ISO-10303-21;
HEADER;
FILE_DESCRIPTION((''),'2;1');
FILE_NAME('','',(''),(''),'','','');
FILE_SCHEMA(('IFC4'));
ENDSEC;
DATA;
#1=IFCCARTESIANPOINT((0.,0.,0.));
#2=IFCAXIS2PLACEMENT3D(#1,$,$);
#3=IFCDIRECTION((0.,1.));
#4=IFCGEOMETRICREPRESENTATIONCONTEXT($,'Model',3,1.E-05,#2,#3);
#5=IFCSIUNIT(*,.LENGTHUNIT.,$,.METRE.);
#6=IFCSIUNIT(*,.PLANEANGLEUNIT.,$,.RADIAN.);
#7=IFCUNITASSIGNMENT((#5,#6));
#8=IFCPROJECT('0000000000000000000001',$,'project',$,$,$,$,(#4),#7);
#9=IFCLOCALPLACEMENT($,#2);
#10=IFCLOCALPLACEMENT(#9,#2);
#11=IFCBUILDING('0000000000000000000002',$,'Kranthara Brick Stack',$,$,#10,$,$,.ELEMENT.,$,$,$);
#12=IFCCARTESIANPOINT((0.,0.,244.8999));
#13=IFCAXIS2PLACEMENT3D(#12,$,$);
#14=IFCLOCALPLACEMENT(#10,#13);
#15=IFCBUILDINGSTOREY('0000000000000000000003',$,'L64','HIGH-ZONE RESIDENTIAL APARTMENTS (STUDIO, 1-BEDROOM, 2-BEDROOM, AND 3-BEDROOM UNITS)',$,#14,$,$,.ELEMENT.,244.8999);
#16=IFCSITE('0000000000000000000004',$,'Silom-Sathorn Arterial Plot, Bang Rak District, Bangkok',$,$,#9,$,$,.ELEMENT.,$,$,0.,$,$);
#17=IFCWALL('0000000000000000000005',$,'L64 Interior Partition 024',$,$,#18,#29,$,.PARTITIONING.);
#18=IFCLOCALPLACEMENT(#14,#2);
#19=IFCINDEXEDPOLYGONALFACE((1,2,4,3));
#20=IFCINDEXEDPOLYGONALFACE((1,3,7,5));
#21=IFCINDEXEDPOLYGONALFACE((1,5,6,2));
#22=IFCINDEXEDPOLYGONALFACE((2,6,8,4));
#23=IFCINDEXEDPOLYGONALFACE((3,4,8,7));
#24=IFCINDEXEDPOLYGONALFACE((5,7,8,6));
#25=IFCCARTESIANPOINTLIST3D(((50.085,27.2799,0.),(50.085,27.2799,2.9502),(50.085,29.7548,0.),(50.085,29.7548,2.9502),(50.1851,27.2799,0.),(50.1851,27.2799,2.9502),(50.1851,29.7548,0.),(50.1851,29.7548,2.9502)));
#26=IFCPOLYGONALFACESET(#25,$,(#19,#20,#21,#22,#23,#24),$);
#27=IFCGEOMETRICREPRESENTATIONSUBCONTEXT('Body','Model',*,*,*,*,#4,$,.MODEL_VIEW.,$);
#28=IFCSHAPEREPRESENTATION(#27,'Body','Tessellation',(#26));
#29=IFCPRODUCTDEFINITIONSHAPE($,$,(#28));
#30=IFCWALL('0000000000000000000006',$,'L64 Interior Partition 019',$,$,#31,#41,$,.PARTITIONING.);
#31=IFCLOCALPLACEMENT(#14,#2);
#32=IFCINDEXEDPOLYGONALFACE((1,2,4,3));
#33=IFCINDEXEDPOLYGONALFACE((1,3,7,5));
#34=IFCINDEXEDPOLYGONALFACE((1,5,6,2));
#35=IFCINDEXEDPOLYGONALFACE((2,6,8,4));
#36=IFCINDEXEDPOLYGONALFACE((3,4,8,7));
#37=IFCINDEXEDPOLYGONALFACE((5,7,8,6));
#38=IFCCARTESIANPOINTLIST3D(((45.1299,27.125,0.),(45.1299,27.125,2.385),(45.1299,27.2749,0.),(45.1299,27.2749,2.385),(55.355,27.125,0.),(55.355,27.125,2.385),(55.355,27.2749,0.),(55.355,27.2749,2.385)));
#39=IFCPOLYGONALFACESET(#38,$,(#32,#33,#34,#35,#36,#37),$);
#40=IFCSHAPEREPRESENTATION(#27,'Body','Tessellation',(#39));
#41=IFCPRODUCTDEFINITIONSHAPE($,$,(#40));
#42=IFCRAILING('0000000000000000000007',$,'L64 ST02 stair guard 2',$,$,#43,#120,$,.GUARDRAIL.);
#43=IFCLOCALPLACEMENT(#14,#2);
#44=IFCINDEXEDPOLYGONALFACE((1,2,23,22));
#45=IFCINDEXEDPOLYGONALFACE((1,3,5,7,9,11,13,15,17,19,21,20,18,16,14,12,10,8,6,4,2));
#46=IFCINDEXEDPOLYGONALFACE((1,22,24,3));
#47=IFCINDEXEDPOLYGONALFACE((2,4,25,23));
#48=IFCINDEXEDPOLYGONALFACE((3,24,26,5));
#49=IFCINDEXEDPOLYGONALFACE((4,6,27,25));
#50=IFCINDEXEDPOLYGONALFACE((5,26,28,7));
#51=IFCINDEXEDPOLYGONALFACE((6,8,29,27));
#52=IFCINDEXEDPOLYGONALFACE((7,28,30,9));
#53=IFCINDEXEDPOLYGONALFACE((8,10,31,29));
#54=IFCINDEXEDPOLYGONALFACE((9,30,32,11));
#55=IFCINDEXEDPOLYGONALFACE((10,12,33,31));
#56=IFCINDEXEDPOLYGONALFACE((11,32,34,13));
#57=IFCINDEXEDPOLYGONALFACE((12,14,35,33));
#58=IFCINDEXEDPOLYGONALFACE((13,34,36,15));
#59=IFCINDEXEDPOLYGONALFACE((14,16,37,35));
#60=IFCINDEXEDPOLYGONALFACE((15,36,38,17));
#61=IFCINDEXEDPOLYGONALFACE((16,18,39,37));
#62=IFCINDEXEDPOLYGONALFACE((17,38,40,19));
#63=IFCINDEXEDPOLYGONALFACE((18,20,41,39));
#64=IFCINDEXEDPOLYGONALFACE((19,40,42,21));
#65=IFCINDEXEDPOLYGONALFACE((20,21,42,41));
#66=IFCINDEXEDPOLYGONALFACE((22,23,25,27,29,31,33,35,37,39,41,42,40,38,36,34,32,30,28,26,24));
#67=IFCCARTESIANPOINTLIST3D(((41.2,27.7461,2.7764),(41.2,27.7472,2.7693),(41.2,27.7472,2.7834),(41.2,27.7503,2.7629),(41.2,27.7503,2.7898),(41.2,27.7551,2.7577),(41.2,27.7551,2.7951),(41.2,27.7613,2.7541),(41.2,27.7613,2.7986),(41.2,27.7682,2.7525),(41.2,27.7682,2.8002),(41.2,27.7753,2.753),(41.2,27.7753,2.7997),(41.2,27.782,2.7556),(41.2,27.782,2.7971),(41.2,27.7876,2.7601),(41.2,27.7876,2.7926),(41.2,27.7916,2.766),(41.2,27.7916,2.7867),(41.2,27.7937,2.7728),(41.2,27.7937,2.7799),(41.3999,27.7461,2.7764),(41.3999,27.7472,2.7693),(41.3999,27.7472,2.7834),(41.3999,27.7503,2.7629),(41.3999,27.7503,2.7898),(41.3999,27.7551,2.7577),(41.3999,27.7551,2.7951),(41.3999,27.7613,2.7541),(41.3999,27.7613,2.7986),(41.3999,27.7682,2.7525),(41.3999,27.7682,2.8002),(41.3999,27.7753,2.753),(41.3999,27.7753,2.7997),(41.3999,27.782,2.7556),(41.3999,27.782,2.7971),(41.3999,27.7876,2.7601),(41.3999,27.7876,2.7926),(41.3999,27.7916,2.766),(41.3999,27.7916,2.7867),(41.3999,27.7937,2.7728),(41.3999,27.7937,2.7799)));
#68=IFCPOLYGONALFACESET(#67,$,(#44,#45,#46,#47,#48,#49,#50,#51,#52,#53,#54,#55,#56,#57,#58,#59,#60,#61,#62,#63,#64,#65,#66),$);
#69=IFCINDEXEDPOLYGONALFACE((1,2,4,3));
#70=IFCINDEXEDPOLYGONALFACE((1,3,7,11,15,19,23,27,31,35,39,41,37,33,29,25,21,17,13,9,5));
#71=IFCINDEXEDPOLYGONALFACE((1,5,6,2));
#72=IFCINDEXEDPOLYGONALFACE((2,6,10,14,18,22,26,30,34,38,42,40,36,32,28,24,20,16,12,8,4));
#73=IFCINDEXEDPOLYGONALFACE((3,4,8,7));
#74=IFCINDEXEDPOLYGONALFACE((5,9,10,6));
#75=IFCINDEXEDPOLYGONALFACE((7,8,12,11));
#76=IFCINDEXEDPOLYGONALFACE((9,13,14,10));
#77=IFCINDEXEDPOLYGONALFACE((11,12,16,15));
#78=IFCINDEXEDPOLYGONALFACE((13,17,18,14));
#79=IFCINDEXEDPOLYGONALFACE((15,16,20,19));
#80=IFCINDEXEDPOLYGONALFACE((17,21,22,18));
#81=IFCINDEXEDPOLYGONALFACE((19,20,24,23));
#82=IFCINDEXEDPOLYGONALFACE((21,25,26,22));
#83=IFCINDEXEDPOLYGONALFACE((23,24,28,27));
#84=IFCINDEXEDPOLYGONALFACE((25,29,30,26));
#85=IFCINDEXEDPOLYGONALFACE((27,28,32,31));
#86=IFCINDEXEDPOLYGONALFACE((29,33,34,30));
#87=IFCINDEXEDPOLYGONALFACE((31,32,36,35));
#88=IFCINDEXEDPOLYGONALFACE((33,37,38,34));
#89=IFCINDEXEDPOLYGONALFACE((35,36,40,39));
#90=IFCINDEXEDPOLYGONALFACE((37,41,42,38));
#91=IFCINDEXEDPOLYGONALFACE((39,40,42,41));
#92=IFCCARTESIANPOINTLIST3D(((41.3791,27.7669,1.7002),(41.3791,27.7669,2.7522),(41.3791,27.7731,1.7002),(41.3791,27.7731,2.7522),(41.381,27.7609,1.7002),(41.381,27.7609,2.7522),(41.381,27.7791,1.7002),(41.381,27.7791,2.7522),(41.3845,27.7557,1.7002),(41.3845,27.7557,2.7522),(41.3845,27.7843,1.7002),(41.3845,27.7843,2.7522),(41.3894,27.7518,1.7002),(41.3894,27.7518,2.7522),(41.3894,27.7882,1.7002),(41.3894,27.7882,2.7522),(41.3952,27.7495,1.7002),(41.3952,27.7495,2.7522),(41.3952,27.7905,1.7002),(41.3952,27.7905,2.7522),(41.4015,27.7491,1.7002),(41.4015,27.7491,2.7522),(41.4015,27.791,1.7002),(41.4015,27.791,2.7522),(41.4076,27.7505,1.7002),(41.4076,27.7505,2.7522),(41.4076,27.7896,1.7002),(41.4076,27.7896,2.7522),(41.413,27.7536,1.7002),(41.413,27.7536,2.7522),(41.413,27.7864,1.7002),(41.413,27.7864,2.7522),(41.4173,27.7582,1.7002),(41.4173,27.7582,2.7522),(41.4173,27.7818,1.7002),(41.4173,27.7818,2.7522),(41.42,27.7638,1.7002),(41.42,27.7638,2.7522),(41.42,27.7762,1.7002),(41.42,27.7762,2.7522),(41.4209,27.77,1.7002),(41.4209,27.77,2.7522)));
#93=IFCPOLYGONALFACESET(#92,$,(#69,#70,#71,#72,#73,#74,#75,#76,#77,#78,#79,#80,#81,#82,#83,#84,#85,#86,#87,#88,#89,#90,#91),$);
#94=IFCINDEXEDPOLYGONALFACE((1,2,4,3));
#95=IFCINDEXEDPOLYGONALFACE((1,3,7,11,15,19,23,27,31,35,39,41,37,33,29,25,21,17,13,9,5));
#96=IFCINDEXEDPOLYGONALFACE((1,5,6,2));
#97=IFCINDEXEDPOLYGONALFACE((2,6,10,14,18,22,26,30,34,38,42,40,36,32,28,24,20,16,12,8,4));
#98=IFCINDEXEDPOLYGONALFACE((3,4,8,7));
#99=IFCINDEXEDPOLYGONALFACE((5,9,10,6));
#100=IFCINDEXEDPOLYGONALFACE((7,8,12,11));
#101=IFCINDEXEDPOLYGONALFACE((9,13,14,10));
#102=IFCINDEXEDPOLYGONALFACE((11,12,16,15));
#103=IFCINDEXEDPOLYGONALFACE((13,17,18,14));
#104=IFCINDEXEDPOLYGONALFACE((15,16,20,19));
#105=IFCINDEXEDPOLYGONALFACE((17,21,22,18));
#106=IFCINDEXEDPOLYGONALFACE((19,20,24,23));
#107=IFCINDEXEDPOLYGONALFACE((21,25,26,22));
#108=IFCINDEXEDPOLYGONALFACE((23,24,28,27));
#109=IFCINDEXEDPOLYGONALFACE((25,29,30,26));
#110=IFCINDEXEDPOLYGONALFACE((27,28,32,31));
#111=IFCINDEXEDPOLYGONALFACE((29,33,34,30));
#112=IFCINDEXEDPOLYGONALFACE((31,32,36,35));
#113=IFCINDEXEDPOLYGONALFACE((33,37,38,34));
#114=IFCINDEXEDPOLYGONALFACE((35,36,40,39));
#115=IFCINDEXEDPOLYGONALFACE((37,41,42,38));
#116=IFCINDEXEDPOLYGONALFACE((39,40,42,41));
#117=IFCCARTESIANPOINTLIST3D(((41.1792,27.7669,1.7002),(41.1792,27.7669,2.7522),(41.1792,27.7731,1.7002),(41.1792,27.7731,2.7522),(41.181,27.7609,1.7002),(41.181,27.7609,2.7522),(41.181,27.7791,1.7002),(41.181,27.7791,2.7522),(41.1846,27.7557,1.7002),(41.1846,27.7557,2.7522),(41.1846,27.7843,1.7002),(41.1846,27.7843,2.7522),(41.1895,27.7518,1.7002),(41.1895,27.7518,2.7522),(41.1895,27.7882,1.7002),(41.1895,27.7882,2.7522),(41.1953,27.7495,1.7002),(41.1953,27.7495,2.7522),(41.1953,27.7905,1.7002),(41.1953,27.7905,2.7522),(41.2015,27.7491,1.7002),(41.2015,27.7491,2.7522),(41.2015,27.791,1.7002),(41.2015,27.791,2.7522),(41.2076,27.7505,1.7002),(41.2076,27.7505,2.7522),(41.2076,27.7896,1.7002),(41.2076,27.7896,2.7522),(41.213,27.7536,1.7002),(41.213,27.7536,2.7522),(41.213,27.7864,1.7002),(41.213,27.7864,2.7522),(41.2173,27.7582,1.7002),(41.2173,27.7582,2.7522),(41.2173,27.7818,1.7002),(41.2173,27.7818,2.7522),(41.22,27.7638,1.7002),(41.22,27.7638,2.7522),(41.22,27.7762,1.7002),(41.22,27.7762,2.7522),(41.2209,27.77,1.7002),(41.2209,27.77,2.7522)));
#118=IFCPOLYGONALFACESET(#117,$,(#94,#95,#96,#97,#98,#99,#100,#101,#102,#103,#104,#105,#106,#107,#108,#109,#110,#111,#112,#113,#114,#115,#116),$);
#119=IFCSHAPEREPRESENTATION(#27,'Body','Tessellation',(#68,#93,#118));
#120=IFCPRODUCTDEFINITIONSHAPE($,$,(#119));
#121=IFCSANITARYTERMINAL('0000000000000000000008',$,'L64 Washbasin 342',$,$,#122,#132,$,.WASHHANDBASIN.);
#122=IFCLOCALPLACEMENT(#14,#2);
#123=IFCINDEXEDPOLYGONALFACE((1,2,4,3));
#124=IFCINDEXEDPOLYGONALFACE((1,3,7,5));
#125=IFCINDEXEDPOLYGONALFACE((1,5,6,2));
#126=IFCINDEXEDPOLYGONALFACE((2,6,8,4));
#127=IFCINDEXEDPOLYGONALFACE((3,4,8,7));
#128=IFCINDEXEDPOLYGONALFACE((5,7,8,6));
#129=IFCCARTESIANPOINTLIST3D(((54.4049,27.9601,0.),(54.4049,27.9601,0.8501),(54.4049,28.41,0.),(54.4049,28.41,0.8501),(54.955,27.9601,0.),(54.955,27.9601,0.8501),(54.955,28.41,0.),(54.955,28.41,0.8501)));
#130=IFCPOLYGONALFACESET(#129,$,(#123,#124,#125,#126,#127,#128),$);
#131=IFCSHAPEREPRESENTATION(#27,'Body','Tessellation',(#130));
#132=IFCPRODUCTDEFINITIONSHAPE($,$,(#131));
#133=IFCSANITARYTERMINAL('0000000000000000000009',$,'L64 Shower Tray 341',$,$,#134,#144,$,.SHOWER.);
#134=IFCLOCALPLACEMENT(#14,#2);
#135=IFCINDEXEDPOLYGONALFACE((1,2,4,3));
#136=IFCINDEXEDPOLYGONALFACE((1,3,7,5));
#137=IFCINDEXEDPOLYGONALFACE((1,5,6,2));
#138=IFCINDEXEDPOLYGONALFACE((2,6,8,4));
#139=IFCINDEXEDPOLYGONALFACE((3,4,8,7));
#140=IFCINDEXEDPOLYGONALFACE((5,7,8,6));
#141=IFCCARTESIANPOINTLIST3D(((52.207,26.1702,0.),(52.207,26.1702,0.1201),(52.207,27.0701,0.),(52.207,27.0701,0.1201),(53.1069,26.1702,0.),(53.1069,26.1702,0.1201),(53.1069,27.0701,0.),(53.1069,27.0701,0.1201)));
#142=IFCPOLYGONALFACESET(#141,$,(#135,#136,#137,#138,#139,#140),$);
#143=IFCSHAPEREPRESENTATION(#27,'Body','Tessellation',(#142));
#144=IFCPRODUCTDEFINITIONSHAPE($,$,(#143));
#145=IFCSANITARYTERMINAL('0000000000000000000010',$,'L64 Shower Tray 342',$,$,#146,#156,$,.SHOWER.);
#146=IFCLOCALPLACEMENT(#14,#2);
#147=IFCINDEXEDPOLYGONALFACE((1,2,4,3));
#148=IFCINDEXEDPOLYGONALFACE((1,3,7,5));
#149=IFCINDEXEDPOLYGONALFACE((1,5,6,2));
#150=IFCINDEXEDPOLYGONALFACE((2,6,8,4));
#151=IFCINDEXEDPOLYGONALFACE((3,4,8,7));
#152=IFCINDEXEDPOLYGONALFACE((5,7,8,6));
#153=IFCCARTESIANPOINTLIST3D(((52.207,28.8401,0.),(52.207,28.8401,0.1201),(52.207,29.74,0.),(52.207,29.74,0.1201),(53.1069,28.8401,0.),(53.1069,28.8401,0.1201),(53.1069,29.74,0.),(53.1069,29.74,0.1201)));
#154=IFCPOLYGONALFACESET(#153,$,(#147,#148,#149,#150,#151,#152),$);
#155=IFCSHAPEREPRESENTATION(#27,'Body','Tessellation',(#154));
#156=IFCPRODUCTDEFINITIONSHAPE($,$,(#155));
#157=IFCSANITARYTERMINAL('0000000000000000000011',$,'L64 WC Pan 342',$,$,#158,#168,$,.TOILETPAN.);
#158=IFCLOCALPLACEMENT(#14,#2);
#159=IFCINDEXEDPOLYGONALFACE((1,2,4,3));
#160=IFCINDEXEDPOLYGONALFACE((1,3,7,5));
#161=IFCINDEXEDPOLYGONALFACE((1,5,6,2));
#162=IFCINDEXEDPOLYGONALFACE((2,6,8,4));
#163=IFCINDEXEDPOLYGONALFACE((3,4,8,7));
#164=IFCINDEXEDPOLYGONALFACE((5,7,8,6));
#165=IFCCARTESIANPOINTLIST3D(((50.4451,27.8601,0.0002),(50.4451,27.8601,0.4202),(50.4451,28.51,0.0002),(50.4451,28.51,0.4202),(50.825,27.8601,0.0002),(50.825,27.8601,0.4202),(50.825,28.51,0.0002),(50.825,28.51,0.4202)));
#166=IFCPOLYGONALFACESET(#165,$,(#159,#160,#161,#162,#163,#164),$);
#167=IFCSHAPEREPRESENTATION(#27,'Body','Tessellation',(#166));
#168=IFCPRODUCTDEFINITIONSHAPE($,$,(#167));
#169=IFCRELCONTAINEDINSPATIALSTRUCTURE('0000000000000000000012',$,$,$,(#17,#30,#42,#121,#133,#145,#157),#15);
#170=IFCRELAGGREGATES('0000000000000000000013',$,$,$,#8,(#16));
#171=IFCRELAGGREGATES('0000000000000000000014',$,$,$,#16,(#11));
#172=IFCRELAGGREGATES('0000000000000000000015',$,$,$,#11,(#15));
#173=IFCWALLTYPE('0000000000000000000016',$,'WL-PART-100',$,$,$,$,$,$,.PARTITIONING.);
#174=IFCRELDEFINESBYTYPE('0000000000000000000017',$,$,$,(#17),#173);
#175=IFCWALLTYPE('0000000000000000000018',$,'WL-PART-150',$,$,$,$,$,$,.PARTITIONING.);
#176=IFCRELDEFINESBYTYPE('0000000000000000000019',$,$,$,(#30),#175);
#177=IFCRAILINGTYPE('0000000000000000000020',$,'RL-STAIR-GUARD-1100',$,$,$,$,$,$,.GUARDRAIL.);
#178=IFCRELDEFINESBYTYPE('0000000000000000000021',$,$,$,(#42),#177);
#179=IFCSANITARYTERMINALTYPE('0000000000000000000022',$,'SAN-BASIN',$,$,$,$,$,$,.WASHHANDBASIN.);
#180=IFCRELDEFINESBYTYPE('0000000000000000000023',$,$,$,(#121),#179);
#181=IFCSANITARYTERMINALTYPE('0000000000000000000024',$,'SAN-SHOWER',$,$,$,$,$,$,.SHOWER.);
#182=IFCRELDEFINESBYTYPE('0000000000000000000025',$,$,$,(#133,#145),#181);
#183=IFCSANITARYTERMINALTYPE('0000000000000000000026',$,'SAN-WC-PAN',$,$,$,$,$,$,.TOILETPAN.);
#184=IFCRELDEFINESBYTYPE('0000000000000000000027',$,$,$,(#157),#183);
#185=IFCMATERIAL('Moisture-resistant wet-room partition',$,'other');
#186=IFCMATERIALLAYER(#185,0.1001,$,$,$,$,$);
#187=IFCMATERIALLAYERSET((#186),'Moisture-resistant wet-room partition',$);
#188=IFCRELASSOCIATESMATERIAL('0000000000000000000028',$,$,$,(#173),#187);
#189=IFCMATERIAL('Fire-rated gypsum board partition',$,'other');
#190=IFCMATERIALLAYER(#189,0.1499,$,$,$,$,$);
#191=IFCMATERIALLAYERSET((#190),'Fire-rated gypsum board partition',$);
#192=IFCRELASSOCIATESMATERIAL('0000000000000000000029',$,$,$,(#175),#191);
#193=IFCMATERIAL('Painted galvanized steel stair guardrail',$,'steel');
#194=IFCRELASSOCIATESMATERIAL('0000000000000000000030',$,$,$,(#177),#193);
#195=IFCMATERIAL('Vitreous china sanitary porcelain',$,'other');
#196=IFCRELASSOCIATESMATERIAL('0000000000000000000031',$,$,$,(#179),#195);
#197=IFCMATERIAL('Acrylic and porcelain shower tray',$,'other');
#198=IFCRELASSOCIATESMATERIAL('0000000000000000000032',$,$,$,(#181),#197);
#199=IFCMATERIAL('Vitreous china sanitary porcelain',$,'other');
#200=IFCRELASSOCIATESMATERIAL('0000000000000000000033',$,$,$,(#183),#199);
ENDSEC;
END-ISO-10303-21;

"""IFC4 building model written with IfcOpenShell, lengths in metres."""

from ifc_helpers import new_model, si_unit, direction, frame, frame_2d, origin, origin_2d, place, context, subcontext, project, spatial, rectangle, circle, extrude, material, layer, layer_set, type_object, element, save


model = new_model("IFC4")

# Units and contexts
model_context = context("Model", 3, precision=1e-05, world=origin(), true_north=direction((0.0, 1.0)))
body_context = subcontext(model_context, "Body", "Model", "MODEL_VIEW")
ifc_project = project(units=[si_unit("LENGTHUNIT", "METRE"), si_unit("PLANEANGLEUNIT", "RADIAN")], contexts=[model_context])

# Site, building, storey
site_placement = place(None, origin())
site = spatial("IfcSite", under=ifc_project, at=site_placement, Name="Silom-Sathorn Arterial Plot, Bang Rak District, Bangkok", CompositionType="ELEMENT", RefElevation=0.0)
building_placement = place(site_placement, origin())
building = spatial("IfcBuilding", under=site, at=building_placement, Name="Kranthara Brick Stack", CompositionType="ELEMENT")
storey_placement = place(building_placement, frame((0.0, 0.0, 244.8999)))
storey = spatial("IfcBuildingStorey", under=building, at=storey_placement, Name="L64", Description="HIGH-ZONE RESIDENTIAL APARTMENTS (STUDIO, 1-BEDROOM, 2-BEDROOM, AND 3-BEDROOM UNITS)", CompositionType="ELEMENT", Elevation=244.8999)

# Shared definitions
ifc_material_1 = material(Name="Moisture-resistant wet-room partition", Category="other")
ifc_layer_1 = layer(ifc_material_1, 0.1001)
ifc_layer_set_1 = layer_set([ifc_layer_1], Name="Moisture-resistant wet-room partition")
wall_type_1 = type_object("IfcWallType", Name="WL-PART-100", PredefinedType="PARTITIONING", material=ifc_layer_set_1)

# Walls
wall_1_placement = place(storey_placement, frame((50.135, 27.28, 0.0), z_axis=(0.0, 0.0, 1.0), x_axis=(0.0, 1.0, 0.0)))
element("IfcWall", 1, at=wall_1_placement, inside=storey, type_object=wall_type_1, Name="L64 Interior Partition 024", PredefinedType="PARTITIONING", context=body_context, shape_type="SweptSolid", body=[
    extrude(rectangle(XDim=2.4749, YDim=0.1001, at=frame_2d((1.2373, 0.0))), origin(), (0.0, 0.0, 1.0), 2.9502),
])
ifc_material_2 = material(Name="Fire-rated gypsum board partition", Category="other")
ifc_layer_2 = layer(ifc_material_2, 0.1499)
ifc_layer_set_2 = layer_set([ifc_layer_2], Name="Fire-rated gypsum board partition")
wall_type_2 = type_object("IfcWallType", Name="WL-PART-150", PredefinedType="PARTITIONING", material=ifc_layer_set_2)
wall_2_placement = place(storey_placement, frame((45.1299, 27.2, 0.0), z_axis=(0.0, 0.0, 1.0), x_axis=(1.0, 0.0, 0.0)))
element("IfcWall", 2, at=wall_2_placement, inside=storey, type_object=wall_type_2, Name="L64 Interior Partition 019", PredefinedType="PARTITIONING", context=body_context, shape_type="SweptSolid", body=[
    extrude(rectangle(XDim=10.2251, YDim=0.1499, at=frame_2d((5.1125, 0.0))), origin(), (0.0, 0.0, 1.0), 2.385),
])

# Railing
ifc_material_3 = material(Name="Painted galvanized steel stair guardrail", Category="steel")
railing_type = type_object("IfcRailingType", Name="RL-STAIR-GUARD-1100", PredefinedType="GUARDRAIL", material=ifc_material_3)
railing_placement = place(storey_placement, frame((41.3999, 27.77, 1.7002)))
element("IfcRailing", 3, at=railing_placement, inside=storey, type_object=railing_type, Name="L64 ST02 stair guard 2", PredefinedType="GUARDRAIL", context=body_context, shape_type="SweptSolid", body=[
    extrude(circle(Radius=0.0239, at=origin_2d()), frame((0.0, 0.0, 1.0762), z_axis=(-1.0, 0.0, 0.0), x_axis=(0.0, -1.0, 0.0)), (0.0, 0.0, 1.0), 0.2),
    extrude(circle(Radius=0.021, at=origin_2d()), origin(), (0.0, 0.0, 1.0), 1.052),
    extrude(circle(Radius=0.021, at=origin_2d()), frame((-0.2, 0.0, 0.0)), (0.0, 0.0, 1.0), 1.052),
])

# Sanitary terminals
ifc_material_4 = material(Name="Vitreous china sanitary porcelain", Category="other")
sanitary_terminal_type_1 = type_object("IfcSanitaryTerminalType", Name="SAN-BASIN", PredefinedType="WASHHANDBASIN", material=ifc_material_4)
sanitary_terminal_1_placement = place(storey_placement, frame((54.6799, 28.1851, 0.0), z_axis=(0.0, 0.0, 1.0), x_axis=(1.0, 0.0, 0.0)))
element("IfcSanitaryTerminal", 4, at=sanitary_terminal_1_placement, inside=storey, type_object=sanitary_terminal_type_1, Name="L64 Washbasin 342", PredefinedType="WASHHANDBASIN", context=body_context, shape_type="SweptSolid", body=[
    extrude(rectangle(XDim=0.55, YDim=0.45, at=origin_2d()), origin(), (0.0, 0.0, 1.0), 0.8501),
])
ifc_material_5 = material(Name="Acrylic and porcelain shower tray", Category="other")
sanitary_terminal_type_2 = type_object("IfcSanitaryTerminalType", Name="SAN-SHOWER", PredefinedType="SHOWER", material=ifc_material_5)
for number, where, z_axis, x_axis, name in (
    (5, (52.657, 26.6201, 0.0), (0.0, 0.0, 1.0), (1.0, 0.0, 0.0), "L64 Shower Tray 341"),
    (6, (52.657, 29.29, 0.0), (0.0, 0.0, 1.0), (1.0, 0.0, 0.0), "L64 Shower Tray 342"),
):
    element("IfcSanitaryTerminal", number, at=place(storey_placement, frame(where, z_axis=z_axis, x_axis=x_axis)), inside=storey, type_object=sanitary_terminal_type_2, Name=name, PredefinedType="SHOWER", context=body_context, shape_type="SweptSolid", body=[
        extrude(rectangle(XDim=0.8999, YDim=0.8999, at=origin_2d()), origin(), (0.0, 0.0, 1.0), 0.1201),
    ])
ifc_material_6 = material(Name="Vitreous china sanitary porcelain", Category="other")
sanitary_terminal_type_3 = type_object("IfcSanitaryTerminalType", Name="SAN-WC-PAN", PredefinedType="TOILETPAN", material=ifc_material_6)
sanitary_terminal_2_placement = place(storey_placement, frame((50.635, 28.1851, 0.0002), z_axis=(0.0, 0.0, 1.0), x_axis=(1.0, 0.0, 0.0)))
element("IfcSanitaryTerminal", 7, at=sanitary_terminal_2_placement, inside=storey, type_object=sanitary_terminal_type_3, Name="L64 WC Pan 342", PredefinedType="TOILETPAN", context=body_context, shape_type="SweptSolid", body=[
    extrude(rectangle(XDim=0.3799, YDim=0.6499, at=origin_2d()), origin(), (0.0, 0.0, 1.0), 0.4199),
])

save(model, "model.ifc")
